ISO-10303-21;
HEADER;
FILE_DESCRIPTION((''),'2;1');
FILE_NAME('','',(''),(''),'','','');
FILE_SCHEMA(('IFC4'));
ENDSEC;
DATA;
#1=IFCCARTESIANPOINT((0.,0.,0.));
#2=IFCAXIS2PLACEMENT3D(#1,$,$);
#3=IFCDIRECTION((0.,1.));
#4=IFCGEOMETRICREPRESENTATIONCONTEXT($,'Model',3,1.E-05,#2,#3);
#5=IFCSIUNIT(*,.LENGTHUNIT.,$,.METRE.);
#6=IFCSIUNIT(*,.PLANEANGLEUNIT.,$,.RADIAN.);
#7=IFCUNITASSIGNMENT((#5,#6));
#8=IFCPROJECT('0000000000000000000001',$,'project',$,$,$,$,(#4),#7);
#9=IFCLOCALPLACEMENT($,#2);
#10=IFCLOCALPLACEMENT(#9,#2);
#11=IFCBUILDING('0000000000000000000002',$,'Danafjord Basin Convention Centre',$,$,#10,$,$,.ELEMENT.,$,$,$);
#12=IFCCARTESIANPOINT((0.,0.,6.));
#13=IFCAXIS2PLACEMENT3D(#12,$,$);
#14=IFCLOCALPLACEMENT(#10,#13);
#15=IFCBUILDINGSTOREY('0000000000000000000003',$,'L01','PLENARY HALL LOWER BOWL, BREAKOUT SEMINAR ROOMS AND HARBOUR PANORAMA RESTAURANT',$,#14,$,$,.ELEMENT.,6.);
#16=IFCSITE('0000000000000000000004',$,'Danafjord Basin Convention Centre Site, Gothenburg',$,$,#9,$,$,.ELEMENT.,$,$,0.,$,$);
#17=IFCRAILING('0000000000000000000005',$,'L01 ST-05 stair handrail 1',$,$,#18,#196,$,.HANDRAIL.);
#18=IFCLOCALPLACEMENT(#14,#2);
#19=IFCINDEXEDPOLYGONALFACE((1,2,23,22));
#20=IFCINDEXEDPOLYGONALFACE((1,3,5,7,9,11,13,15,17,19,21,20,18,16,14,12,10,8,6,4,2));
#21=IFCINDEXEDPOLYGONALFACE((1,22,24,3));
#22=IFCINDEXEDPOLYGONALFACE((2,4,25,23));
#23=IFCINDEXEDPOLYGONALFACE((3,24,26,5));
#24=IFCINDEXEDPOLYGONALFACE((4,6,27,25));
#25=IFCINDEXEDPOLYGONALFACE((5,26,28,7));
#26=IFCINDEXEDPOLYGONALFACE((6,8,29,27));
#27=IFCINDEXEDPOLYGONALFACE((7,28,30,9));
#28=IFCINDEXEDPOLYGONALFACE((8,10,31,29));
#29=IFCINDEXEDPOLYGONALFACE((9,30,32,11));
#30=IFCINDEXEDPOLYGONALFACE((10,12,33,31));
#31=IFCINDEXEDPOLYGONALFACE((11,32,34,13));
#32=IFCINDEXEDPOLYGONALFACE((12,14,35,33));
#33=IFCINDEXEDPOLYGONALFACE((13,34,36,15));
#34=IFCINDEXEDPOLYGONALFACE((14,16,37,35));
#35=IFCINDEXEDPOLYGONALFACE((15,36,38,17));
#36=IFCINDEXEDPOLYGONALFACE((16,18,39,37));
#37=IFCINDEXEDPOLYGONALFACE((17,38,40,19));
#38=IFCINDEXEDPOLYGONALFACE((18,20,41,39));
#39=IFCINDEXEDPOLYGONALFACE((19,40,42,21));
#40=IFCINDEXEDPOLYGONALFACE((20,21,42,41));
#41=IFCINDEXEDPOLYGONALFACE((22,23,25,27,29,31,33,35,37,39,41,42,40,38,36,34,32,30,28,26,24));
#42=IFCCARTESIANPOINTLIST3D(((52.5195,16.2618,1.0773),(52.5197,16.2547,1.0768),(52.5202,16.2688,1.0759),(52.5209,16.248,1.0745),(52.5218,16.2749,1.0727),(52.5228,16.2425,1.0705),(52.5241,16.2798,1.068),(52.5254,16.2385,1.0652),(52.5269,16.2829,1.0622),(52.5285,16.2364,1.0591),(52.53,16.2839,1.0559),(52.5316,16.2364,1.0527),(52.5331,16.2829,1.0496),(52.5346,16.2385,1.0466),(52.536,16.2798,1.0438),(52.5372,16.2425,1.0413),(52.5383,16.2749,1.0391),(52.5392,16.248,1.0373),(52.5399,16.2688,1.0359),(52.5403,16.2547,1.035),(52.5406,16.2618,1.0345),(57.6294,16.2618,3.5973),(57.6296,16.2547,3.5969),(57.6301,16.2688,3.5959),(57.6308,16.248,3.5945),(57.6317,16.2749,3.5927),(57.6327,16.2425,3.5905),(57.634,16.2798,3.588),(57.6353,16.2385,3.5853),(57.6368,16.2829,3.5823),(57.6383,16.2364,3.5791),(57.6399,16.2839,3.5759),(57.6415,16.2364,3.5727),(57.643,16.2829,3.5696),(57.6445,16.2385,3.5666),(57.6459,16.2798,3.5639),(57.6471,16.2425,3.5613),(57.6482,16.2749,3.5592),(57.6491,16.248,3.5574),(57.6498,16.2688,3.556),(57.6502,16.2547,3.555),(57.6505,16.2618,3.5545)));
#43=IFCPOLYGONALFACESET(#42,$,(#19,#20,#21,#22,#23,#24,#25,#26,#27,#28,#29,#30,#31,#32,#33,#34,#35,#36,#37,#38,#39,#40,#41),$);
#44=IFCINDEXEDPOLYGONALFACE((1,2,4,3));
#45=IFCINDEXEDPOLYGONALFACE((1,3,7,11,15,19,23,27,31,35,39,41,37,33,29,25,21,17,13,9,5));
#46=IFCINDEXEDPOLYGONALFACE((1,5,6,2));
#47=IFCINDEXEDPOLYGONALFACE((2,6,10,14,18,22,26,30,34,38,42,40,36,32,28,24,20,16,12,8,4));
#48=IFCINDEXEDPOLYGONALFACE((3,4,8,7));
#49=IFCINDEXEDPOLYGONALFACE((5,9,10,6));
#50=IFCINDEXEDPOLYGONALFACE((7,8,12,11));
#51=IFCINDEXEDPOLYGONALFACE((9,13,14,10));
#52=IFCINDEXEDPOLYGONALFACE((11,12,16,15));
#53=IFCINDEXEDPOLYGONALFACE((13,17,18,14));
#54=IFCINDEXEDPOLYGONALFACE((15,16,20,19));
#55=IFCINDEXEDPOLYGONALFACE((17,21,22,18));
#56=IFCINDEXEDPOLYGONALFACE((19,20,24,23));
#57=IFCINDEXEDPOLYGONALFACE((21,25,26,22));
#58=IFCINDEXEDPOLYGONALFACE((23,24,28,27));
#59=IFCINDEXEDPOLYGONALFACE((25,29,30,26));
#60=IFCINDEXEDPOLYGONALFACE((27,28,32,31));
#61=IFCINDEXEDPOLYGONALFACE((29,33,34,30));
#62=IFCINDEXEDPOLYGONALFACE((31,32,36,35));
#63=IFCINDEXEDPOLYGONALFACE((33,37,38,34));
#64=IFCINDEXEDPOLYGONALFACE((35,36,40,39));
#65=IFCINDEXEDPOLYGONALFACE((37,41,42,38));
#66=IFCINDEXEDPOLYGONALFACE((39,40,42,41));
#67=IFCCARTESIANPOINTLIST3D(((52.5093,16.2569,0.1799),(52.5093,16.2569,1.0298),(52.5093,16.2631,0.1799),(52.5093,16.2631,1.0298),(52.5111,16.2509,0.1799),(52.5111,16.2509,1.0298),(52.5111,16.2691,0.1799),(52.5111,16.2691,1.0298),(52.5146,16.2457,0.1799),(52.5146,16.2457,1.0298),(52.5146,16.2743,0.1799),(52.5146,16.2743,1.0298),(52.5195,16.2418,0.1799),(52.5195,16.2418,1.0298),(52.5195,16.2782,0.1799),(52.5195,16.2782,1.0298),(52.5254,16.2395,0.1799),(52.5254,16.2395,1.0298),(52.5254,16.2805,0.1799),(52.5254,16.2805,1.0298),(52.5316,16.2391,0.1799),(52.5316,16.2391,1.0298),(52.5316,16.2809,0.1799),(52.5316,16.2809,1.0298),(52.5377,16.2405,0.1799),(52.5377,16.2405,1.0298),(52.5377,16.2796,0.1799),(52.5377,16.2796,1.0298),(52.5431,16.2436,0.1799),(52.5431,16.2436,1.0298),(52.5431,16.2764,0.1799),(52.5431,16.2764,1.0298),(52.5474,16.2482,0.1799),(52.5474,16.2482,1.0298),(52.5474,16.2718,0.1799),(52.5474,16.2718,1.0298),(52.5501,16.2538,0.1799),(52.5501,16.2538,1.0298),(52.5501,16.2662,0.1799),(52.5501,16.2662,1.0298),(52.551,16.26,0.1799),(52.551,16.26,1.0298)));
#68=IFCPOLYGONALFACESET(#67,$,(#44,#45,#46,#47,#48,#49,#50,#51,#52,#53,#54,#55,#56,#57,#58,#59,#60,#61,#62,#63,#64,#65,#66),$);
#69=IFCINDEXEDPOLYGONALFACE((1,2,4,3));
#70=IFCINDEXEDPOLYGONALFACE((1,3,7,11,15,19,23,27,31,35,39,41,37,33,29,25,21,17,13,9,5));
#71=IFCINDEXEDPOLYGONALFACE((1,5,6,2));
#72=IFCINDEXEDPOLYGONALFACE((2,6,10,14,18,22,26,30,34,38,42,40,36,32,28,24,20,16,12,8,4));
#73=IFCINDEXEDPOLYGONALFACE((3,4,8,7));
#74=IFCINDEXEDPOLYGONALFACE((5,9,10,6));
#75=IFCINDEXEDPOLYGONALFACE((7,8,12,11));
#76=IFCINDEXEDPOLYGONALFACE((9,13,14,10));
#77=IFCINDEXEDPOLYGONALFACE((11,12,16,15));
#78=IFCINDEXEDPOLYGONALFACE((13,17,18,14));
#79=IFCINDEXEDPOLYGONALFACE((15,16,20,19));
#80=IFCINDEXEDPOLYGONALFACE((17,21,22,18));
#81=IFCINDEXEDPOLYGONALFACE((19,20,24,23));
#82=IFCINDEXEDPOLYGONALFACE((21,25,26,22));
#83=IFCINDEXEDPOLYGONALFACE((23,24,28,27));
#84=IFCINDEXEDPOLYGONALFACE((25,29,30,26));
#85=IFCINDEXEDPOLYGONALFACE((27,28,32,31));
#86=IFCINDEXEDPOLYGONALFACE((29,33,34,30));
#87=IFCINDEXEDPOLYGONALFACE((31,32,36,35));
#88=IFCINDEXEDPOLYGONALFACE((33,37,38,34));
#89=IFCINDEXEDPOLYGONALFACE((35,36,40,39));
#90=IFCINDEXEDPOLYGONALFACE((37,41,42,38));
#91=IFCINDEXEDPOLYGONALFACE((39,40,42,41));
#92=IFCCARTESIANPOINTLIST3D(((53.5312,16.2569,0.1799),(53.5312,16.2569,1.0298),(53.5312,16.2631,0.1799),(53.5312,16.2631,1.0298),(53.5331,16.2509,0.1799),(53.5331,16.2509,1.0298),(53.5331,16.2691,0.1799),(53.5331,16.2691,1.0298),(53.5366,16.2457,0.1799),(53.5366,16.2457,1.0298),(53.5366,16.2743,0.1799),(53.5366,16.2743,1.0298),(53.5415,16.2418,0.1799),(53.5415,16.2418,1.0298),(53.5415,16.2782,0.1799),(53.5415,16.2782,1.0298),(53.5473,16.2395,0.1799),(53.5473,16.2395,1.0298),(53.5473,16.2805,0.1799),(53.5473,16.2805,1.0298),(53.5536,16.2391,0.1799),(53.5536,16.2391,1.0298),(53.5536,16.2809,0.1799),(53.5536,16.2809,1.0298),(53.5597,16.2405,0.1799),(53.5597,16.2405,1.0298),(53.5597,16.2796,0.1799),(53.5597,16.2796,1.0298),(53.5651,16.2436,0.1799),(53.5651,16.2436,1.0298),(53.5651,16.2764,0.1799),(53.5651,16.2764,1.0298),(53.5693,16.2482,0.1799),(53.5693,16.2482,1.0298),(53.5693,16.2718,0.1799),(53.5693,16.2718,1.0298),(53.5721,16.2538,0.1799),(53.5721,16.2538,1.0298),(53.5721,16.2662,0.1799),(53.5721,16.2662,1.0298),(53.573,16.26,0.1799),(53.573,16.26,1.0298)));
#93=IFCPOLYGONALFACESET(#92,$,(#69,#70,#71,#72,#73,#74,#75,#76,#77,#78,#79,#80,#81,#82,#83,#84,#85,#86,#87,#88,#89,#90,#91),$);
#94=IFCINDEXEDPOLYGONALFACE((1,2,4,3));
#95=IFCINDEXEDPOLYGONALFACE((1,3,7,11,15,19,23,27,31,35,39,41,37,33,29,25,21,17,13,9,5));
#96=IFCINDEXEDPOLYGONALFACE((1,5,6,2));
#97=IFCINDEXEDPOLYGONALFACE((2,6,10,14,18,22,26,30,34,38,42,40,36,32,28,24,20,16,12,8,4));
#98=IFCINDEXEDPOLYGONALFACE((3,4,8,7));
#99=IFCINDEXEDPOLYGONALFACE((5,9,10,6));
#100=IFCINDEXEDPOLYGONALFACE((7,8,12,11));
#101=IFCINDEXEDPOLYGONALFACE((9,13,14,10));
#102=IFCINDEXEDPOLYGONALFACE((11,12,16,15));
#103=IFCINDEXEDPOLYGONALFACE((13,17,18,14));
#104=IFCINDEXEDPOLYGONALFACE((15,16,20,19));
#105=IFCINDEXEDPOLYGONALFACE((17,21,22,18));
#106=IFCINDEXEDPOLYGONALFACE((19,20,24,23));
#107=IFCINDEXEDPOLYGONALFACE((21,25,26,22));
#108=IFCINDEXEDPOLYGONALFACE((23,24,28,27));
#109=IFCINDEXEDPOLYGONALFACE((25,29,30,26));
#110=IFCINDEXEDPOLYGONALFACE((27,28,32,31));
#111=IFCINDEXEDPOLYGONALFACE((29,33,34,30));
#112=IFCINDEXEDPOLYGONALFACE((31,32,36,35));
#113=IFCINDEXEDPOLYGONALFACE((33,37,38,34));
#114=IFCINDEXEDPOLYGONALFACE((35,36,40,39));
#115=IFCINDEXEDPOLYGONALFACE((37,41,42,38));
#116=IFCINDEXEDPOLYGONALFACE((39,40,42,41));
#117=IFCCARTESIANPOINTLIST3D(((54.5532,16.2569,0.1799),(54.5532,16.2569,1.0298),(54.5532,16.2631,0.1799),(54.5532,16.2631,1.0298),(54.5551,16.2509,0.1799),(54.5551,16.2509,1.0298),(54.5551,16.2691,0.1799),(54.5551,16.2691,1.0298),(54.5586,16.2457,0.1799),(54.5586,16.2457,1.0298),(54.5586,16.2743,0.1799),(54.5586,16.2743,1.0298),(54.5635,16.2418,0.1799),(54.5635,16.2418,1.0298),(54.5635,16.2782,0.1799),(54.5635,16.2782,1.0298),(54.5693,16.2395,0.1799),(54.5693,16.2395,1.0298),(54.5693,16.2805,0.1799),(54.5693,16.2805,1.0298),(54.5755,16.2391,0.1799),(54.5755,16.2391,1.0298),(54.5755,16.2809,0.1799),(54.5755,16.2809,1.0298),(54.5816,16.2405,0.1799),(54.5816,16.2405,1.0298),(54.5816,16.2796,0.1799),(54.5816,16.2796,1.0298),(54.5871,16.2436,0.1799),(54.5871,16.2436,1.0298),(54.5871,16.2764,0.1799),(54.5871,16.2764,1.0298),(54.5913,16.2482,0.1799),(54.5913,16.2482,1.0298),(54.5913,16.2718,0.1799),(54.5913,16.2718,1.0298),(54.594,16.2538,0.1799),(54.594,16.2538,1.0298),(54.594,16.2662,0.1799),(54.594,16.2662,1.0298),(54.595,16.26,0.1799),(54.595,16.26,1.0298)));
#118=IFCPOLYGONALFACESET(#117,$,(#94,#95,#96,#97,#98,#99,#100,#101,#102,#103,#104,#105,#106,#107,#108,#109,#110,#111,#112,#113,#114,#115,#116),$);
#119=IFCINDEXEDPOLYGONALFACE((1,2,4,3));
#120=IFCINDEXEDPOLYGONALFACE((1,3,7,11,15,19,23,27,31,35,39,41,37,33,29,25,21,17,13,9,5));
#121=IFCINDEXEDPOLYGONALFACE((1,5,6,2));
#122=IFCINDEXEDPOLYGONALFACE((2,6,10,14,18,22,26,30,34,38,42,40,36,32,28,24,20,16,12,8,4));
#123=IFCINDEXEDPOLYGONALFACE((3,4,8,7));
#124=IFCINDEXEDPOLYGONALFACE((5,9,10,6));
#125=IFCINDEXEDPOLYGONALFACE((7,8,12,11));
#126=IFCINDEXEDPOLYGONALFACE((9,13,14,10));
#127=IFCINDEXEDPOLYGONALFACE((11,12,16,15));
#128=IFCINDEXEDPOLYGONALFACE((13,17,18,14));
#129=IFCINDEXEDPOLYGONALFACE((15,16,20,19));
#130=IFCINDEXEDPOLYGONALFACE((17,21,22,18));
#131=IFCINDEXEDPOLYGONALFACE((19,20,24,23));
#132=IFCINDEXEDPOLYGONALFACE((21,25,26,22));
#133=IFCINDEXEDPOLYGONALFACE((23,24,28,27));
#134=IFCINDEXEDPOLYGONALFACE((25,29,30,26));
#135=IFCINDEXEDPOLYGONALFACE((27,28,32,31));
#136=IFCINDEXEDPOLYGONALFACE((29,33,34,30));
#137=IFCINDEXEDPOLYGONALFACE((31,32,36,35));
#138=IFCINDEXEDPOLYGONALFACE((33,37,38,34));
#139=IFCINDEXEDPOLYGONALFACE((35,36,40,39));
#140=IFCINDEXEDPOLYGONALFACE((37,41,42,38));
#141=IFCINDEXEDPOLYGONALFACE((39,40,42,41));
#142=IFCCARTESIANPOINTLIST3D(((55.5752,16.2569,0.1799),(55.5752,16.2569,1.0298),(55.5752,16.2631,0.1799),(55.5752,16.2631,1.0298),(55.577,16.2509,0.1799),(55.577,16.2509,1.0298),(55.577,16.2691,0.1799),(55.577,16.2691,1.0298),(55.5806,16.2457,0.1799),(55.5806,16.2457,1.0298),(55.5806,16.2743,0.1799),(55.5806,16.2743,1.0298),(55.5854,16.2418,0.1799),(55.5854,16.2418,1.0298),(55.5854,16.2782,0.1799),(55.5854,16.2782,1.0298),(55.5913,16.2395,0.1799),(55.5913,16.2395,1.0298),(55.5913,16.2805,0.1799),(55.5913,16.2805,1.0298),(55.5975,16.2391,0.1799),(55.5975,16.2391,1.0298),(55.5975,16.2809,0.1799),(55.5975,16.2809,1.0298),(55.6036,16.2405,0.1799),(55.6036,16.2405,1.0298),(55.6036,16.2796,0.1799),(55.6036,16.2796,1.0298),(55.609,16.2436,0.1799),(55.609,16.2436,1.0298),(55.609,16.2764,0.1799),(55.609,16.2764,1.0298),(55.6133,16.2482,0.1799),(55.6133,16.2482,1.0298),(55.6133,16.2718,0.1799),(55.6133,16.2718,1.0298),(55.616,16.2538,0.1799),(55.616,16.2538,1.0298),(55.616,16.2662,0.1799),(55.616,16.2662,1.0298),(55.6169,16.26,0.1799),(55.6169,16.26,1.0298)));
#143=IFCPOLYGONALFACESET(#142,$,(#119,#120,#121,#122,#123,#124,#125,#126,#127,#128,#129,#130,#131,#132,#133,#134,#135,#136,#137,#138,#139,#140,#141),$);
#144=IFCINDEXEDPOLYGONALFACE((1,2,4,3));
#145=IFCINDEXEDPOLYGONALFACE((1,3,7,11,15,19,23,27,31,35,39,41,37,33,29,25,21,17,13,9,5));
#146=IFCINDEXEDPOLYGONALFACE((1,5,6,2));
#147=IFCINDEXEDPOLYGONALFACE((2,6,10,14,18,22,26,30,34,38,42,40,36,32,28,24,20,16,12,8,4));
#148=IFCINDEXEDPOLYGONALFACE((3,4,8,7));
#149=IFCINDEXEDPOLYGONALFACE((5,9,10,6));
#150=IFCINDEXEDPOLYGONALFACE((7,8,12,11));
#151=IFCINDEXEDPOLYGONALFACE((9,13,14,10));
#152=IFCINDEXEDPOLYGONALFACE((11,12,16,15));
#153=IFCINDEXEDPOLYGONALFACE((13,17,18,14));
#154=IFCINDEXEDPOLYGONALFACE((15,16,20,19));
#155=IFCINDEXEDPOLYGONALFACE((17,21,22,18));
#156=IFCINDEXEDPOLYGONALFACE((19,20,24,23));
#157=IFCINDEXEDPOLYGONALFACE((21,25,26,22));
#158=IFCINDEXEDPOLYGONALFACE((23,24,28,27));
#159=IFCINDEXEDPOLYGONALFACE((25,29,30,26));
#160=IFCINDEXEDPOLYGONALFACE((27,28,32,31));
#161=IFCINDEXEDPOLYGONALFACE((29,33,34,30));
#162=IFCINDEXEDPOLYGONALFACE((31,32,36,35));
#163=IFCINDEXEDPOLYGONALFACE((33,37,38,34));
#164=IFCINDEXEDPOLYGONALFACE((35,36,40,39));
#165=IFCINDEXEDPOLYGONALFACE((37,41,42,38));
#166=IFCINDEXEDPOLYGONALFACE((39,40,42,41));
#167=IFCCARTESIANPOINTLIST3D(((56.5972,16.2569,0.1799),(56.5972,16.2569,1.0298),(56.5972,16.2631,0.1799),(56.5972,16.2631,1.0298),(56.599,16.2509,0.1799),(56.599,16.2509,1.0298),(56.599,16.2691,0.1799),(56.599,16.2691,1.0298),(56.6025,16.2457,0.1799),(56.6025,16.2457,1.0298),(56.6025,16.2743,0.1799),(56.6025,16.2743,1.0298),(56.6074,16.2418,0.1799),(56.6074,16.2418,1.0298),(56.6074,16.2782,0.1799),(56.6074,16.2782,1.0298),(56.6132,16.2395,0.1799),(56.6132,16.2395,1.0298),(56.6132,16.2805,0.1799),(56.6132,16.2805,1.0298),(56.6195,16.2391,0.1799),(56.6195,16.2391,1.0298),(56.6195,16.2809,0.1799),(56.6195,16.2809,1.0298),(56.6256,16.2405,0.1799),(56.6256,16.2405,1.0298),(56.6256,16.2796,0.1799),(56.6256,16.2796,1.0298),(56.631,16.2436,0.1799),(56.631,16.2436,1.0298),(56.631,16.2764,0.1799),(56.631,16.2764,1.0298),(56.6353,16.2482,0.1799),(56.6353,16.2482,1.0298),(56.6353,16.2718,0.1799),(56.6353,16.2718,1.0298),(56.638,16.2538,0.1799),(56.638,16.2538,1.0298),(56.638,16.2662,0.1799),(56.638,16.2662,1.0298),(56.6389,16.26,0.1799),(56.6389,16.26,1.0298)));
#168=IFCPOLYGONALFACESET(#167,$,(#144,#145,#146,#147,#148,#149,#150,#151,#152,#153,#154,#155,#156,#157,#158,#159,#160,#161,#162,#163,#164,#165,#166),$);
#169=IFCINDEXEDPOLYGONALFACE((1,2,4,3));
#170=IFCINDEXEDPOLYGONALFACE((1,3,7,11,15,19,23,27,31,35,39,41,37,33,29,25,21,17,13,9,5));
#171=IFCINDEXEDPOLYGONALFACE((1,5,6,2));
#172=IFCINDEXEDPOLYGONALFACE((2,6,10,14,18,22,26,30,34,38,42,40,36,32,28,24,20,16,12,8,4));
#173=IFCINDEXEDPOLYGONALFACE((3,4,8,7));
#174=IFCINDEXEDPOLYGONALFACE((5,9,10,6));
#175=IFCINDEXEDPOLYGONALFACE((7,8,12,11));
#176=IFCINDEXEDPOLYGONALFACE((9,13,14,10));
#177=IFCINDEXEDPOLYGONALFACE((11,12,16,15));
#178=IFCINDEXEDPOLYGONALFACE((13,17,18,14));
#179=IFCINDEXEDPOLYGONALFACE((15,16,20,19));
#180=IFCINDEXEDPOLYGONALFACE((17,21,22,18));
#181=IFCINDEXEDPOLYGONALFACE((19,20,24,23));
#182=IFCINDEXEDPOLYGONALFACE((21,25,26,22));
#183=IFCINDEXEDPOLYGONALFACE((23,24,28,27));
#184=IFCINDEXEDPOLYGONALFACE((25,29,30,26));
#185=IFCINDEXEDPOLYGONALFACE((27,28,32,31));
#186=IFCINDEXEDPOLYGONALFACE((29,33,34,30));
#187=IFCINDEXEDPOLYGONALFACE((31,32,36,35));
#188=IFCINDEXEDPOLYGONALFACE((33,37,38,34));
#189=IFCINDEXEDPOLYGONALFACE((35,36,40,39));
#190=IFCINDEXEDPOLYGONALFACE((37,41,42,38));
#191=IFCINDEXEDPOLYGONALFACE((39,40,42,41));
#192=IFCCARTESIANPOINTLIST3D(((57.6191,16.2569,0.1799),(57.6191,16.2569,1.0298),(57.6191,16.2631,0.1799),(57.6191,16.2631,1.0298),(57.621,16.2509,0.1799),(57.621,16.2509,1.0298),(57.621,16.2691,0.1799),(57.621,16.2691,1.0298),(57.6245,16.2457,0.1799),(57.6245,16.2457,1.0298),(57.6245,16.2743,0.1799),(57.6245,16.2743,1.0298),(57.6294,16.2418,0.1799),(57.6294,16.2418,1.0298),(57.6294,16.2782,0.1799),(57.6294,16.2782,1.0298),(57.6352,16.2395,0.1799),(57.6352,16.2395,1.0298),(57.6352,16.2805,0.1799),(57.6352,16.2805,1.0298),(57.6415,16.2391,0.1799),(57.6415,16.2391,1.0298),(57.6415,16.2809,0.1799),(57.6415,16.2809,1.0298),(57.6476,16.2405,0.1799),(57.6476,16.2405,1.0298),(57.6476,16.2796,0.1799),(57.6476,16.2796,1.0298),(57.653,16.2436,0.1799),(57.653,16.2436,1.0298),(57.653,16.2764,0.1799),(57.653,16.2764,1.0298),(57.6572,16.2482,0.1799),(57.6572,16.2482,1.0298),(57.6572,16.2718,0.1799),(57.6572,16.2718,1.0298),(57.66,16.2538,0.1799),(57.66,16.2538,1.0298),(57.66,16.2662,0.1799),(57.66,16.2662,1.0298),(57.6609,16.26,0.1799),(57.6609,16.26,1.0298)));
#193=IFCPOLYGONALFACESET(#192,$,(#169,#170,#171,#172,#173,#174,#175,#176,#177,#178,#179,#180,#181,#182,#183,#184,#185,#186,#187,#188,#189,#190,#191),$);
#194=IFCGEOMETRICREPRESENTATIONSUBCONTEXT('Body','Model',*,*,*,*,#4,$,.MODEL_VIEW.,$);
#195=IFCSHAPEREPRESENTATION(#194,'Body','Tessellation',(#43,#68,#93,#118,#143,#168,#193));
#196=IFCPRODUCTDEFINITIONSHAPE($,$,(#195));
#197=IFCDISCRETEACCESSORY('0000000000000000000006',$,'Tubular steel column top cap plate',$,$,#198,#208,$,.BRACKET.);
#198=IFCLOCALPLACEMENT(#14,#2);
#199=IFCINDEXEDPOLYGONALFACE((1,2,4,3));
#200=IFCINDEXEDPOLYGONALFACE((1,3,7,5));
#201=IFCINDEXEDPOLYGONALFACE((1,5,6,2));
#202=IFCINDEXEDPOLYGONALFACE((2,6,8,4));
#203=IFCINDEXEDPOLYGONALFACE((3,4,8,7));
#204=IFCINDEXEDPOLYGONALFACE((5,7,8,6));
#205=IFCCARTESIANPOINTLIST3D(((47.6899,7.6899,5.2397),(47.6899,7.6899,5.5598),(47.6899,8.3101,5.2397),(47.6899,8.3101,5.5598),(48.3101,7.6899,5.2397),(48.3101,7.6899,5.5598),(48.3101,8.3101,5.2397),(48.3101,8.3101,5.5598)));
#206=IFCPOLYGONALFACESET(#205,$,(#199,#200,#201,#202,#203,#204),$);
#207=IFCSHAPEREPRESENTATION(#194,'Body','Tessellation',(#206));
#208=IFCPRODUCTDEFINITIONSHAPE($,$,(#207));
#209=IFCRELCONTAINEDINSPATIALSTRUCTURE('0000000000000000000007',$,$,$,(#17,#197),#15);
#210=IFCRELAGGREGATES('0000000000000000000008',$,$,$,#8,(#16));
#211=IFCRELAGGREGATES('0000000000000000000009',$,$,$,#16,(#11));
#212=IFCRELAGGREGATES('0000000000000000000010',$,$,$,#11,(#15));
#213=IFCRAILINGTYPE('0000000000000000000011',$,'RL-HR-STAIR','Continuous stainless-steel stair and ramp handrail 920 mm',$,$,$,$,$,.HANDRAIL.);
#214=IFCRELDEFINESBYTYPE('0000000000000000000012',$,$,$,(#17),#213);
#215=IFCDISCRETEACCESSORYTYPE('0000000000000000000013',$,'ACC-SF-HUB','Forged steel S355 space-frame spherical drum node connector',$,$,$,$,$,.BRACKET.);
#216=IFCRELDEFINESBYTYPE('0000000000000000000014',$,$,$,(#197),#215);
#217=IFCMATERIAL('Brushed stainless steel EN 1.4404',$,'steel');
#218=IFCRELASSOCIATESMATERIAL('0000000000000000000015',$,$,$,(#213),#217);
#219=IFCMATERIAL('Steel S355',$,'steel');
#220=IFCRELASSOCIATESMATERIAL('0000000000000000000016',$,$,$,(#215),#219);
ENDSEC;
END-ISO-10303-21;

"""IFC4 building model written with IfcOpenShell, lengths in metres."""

from ifc_helpers import new_model, si_unit, direction, frame, origin, origin_2d, place, context, subcontext, project, spatial, rectangle, circle, extrude, material, type_object, element, save


model = new_model("IFC4")

# Units and contexts
model_context = context("Model", 3, precision=1e-05, world=origin(), true_north=direction((0.0, 1.0)))
body_context = subcontext(model_context, "Body", "Model", "MODEL_VIEW")
ifc_project = project(units=[si_unit("LENGTHUNIT", "METRE"), si_unit("PLANEANGLEUNIT", "RADIAN")], contexts=[model_context])

# Site, building, storey
site_placement = place(None, origin())
site = spatial("IfcSite", under=ifc_project, at=site_placement, Name="Danafjord Basin Convention Centre Site, Gothenburg", CompositionType="ELEMENT", RefElevation=0.0)
building_placement = place(site_placement, origin())
building = spatial("IfcBuilding", under=site, at=building_placement, Name="Danafjord Basin Convention Centre", CompositionType="ELEMENT")
storey_placement = place(building_placement, frame((0.0, 0.0, 6.0)))
storey = spatial("IfcBuildingStorey", under=building, at=storey_placement, Name="L01", Description="PLENARY HALL LOWER BOWL, BREAKOUT SEMINAR ROOMS AND HARBOUR PANORAMA RESTAURANT", CompositionType="ELEMENT", Elevation=6.0)

# Shared definitions
ifc_material_1 = material(Name="Steel S355", Category="steel")

# Railing
ifc_material_2 = material(Name="Brushed stainless steel EN 1.4404", Category="steel")
railing_type_1 = type_object("IfcRailingType", Name="RL-HR-STAIR", Description="Continuous stainless-steel stair and ramp handrail 920 mm", PredefinedType="HANDRAIL", material=ifc_material_2)
railing_1_placement = place(storey_placement, frame((52.53, 16.26, 0.1799)))
element("IfcRailing", 1, at=railing_1_placement, inside=storey, type_object=railing_type_1, Name="L01 ST-05 stair handrail 1", PredefinedType="HANDRAIL", context=body_context, shape_type="SweptSolid", body=[
    extrude(circle(Radius=0.0239, at=origin_2d()), frame((0.0, 0.0, 0.876), z_axis=(0.896865, 0.0, 0.442305), x_axis=(0.0, 1.0, 0.0)), (0.0, 0.0, 1.0), 5.6975),
    extrude(circle(Radius=0.021, at=origin_2d()), origin(), (0.0, 0.0, 1.0), 0.8499),
    extrude(circle(Radius=0.021, at=origin_2d()), frame((1.022, 0.0, 0.0)), (0.0, 0.0, 1.0), 0.8499),
    extrude(circle(Radius=0.021, at=origin_2d()), frame((2.0439, 0.0, 0.0)), (0.0, 0.0, 1.0), 0.8499),
    extrude(circle(Radius=0.021, at=origin_2d()), frame((3.0659, 0.0, 0.0)), (0.0, 0.0, 1.0), 0.8499),
    extrude(circle(Radius=0.021, at=origin_2d()), frame((4.0879, 0.0, 0.0)), (0.0, 0.0, 1.0), 0.8499),
    extrude(circle(Radius=0.021, at=origin_2d()), frame((5.1099, 0.0, 0.0)), (0.0, 0.0, 1.0), 0.8499),
])

# Discrete accessory
discrete_accessory_type = type_object("IfcDiscreteAccessoryType", Name="ACC-SF-HUB", Description="Forged steel S355 space-frame spherical drum node connector", PredefinedType="BRACKET", material=ifc_material_1)
discrete_accessory_placement = place(storey_placement, frame((48.0, 8.0, 5.2397), z_axis=(0.0, 0.0, 1.0), x_axis=(1.0, 0.0, 0.0)))
element("IfcDiscreteAccessory", 2, at=discrete_accessory_placement, inside=storey, type_object=discrete_accessory_type, Name="Tubular steel column top cap plate", PredefinedType="BRACKET", context=body_context, shape_type="SweptSolid", body=[
    extrude(rectangle(XDim=0.6201, YDim=0.6201, at=origin_2d()), origin(), (0.0, 0.0, 1.0), 0.3201),
])

save(model, "model.ifc")
